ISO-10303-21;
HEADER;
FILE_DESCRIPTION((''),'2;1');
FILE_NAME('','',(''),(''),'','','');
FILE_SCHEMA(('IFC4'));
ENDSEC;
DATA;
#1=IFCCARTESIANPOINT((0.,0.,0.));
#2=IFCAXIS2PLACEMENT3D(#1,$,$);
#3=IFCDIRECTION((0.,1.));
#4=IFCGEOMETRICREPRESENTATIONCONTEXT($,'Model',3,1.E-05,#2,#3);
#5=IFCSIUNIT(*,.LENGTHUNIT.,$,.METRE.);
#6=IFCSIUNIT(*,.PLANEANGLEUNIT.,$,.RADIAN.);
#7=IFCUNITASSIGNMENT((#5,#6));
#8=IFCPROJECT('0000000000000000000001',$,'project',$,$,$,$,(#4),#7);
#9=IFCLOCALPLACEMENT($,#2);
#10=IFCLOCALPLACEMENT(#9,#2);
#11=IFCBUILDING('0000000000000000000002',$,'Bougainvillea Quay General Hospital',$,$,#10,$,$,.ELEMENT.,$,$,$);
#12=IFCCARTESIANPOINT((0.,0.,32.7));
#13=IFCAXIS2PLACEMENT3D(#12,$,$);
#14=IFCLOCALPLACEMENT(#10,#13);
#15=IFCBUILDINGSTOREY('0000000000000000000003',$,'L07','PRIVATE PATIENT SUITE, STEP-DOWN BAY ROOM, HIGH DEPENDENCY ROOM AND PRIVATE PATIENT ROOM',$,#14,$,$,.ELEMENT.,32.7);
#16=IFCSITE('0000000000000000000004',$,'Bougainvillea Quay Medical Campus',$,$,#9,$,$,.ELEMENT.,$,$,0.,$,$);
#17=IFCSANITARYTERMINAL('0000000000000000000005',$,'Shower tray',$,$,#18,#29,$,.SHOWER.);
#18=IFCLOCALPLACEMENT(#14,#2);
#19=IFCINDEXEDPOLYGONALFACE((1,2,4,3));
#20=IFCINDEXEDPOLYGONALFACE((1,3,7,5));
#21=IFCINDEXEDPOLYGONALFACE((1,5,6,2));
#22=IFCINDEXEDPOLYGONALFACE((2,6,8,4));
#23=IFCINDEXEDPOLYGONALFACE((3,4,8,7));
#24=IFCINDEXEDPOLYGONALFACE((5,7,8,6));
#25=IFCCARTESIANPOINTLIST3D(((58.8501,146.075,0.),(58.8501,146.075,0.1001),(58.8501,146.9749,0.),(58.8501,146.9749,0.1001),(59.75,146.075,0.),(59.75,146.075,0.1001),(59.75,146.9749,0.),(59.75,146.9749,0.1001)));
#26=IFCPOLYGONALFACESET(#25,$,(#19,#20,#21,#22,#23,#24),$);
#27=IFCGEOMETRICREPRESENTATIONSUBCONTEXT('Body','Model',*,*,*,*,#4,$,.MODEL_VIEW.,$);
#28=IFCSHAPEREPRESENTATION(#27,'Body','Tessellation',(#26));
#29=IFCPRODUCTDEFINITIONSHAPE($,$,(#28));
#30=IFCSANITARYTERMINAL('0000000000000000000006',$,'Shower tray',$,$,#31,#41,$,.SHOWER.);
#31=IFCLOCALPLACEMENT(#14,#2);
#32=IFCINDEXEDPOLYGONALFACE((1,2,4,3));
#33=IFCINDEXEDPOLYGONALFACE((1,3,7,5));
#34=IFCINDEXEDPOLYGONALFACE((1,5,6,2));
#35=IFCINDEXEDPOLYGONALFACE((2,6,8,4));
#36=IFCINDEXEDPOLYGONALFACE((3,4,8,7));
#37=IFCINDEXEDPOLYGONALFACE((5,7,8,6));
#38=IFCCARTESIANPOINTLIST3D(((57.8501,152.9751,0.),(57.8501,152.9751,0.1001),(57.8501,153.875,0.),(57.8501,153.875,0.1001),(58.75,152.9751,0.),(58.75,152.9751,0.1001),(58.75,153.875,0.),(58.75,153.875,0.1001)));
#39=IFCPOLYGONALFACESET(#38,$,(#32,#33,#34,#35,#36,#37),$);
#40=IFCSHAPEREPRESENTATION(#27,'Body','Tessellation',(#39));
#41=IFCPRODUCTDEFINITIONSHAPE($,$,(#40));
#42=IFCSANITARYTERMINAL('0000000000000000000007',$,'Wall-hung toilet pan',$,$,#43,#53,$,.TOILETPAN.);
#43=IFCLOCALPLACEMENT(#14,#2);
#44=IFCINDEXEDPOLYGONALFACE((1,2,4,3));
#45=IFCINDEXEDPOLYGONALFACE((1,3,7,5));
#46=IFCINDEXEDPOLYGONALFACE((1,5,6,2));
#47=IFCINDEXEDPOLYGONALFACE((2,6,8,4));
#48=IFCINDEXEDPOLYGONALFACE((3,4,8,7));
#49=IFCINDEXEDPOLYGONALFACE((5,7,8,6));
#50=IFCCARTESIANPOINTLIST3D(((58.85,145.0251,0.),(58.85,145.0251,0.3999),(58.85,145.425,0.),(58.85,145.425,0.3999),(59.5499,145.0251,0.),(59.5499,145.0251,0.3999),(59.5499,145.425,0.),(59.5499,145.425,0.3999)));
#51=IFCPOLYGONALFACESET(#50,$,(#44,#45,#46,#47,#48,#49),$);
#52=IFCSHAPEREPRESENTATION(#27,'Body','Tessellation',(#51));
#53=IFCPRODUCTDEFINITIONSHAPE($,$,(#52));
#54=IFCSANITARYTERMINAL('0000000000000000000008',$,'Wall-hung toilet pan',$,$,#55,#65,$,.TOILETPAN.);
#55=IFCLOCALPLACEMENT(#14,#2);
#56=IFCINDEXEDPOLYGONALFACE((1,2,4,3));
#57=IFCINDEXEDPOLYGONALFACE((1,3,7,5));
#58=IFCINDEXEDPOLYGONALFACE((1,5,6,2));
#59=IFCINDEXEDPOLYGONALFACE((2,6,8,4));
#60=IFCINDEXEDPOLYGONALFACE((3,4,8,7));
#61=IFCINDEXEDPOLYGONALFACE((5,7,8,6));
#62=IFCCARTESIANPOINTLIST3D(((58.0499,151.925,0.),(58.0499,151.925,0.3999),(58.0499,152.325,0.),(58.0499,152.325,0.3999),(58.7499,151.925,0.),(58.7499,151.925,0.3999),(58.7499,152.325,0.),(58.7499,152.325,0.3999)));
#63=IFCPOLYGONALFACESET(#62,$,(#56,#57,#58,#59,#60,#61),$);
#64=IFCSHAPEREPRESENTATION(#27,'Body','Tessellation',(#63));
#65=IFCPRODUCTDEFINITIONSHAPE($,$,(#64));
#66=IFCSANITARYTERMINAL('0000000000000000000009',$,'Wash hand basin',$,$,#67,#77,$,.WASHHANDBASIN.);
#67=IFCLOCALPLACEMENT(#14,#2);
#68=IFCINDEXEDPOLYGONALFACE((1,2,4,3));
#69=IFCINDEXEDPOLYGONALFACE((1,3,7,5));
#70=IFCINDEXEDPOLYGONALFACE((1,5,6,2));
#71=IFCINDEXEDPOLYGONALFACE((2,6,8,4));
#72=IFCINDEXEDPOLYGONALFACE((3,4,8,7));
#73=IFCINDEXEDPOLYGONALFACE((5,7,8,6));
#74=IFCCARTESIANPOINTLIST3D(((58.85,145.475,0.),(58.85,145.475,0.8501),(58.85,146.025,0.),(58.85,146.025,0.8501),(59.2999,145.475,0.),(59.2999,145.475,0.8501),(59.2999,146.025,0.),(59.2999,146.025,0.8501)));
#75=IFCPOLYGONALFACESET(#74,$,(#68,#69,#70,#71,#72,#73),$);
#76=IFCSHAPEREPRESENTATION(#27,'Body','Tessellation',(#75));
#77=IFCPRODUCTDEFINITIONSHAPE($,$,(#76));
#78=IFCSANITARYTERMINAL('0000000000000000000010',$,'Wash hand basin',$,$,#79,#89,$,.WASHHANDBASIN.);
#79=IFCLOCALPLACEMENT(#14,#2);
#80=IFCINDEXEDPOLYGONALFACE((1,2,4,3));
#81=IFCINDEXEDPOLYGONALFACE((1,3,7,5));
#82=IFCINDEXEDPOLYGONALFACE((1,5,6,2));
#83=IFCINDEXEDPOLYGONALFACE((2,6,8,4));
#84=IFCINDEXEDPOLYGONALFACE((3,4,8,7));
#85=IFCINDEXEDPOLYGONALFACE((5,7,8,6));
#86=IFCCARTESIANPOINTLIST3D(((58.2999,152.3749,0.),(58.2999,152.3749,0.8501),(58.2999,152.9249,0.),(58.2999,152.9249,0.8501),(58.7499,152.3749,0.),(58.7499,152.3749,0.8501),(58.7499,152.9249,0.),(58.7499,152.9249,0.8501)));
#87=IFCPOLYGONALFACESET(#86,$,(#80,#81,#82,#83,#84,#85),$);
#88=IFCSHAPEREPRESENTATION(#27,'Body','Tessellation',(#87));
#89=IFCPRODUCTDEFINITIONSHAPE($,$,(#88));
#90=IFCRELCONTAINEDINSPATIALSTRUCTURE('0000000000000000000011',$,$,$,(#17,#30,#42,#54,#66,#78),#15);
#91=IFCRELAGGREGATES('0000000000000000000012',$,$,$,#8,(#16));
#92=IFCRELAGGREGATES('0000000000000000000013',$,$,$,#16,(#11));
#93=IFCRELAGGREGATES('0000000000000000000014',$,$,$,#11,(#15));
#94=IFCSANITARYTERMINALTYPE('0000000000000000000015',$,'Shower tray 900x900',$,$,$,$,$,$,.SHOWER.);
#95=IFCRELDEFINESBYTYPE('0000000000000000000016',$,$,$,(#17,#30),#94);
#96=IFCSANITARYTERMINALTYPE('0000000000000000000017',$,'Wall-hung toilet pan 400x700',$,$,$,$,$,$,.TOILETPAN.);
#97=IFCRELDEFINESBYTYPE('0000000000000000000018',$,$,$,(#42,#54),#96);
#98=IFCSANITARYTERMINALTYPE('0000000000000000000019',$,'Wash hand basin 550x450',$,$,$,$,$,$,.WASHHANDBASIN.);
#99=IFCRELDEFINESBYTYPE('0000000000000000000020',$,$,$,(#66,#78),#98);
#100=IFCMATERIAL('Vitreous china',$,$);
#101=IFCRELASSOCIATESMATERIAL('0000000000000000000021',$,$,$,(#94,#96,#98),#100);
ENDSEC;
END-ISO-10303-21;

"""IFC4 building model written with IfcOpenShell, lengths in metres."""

from ifc_helpers import new_model, si_unit, direction, frame, origin, origin_2d, place, context, subcontext, project, spatial, rectangle, extrude, material, type_object, element, save


model = new_model("IFC4")

# Units and contexts
model_context = context("Model", 3, precision=1e-05, world=origin(), true_north=direction((0.0, 1.0)))
body_context = subcontext(model_context, "Body", "Model", "MODEL_VIEW")
ifc_project = project(units=[si_unit("LENGTHUNIT", "METRE"), si_unit("PLANEANGLEUNIT", "RADIAN")], contexts=[model_context])

# Site, building, storey
site_placement = place(None, origin())
site = spatial("IfcSite", under=ifc_project, at=site_placement, Name="Bougainvillea Quay Medical Campus", CompositionType="ELEMENT", RefElevation=0.0)
building_placement = place(site_placement, origin())
building = spatial("IfcBuilding", under=site, at=building_placement, Name="Bougainvillea Quay General Hospital", CompositionType="ELEMENT")
storey_placement = place(building_placement, frame((0.0, 0.0, 32.7)))
storey = spatial("IfcBuildingStorey", under=building, at=storey_placement, Name="L07", Description="PRIVATE PATIENT SUITE, STEP-DOWN BAY ROOM, HIGH DEPENDENCY ROOM AND PRIVATE PATIENT ROOM", CompositionType="ELEMENT", Elevation=32.7)

# Sanitary terminals
ifc_material_1 = material(Name="Vitreous china")
sanitary_terminal_type_1 = type_object("IfcSanitaryTerminalType", Name="Shower tray 900x900", PredefinedType="SHOWER", material=ifc_material_1)
for number, where, z_axis, x_axis, name in (
    (1, (59.3, 146.5249, 0.0), (0.0, 0.0, 1.0), (0.0, 1.0, 0.0), "Shower tray"),
    (2, (58.3, 153.425, 0.0), (0.0, 0.0, 1.0), (0.0, -1.0, 0.0), "Shower tray"),
):
    element("IfcSanitaryTerminal", number, at=place(storey_placement, frame(where, z_axis=z_axis, x_axis=x_axis)), inside=storey, type_object=sanitary_terminal_type_1, Name=name, PredefinedType="SHOWER", context=body_context, shape_type="SweptSolid", body=[
        extrude(rectangle(XDim=0.8999, YDim=0.8999, at=origin_2d()), origin(), (0.0, 0.0, 1.0), 0.1001),
    ])
sanitary_terminal_type_2 = type_object("IfcSanitaryTerminalType", Name="Wall-hung toilet pan 400x700", PredefinedType="TOILETPAN", material=ifc_material_1)
for number, where, z_axis, x_axis, name in (
    (3, (59.2, 145.2251, 0.0), (0.0, 0.0, 1.0), (0.0, 1.0, 0.0), "Wall-hung toilet pan"),
    (4, (58.3999, 152.125, 0.0), (0.0, 0.0, 1.0), (0.0, -1.0, 0.0), "Wall-hung toilet pan"),
):
    element("IfcSanitaryTerminal", number, at=place(storey_placement, frame(where, z_axis=z_axis, x_axis=x_axis)), inside=storey, type_object=sanitary_terminal_type_2, Name=name, PredefinedType="TOILETPAN", context=body_context, shape_type="SweptSolid", body=[
        extrude(rectangle(XDim=0.3999, YDim=0.7, at=origin_2d()), origin(), (0.0, 0.0, 1.0), 0.3999),
    ])
sanitary_terminal_type_3 = type_object("IfcSanitaryTerminalType", Name="Wash hand basin 550x450", PredefinedType="WASHHANDBASIN", material=ifc_material_1)
for number, where, z_axis, x_axis, name in (
    (5, (59.075, 145.75, 0.0), (0.0, 0.0, 1.0), (0.0, 1.0, 0.0), "Wash hand basin"),
    (6, (58.5249, 152.6499, 0.0), (0.0, 0.0, 1.0), (0.0, -1.0, 0.0), "Wash hand basin"),
):
    element("IfcSanitaryTerminal", number, at=place(storey_placement, frame(where, z_axis=z_axis, x_axis=x_axis)), inside=storey, type_object=sanitary_terminal_type_3, Name=name, PredefinedType="WASHHANDBASIN", context=body_context, shape_type="SweptSolid", body=[
        extrude(rectangle(XDim=0.55, YDim=0.45, at=origin_2d()), origin(), (0.0, 0.0, 1.0), 0.8501),
    ])

save(model, "model.ifc")
